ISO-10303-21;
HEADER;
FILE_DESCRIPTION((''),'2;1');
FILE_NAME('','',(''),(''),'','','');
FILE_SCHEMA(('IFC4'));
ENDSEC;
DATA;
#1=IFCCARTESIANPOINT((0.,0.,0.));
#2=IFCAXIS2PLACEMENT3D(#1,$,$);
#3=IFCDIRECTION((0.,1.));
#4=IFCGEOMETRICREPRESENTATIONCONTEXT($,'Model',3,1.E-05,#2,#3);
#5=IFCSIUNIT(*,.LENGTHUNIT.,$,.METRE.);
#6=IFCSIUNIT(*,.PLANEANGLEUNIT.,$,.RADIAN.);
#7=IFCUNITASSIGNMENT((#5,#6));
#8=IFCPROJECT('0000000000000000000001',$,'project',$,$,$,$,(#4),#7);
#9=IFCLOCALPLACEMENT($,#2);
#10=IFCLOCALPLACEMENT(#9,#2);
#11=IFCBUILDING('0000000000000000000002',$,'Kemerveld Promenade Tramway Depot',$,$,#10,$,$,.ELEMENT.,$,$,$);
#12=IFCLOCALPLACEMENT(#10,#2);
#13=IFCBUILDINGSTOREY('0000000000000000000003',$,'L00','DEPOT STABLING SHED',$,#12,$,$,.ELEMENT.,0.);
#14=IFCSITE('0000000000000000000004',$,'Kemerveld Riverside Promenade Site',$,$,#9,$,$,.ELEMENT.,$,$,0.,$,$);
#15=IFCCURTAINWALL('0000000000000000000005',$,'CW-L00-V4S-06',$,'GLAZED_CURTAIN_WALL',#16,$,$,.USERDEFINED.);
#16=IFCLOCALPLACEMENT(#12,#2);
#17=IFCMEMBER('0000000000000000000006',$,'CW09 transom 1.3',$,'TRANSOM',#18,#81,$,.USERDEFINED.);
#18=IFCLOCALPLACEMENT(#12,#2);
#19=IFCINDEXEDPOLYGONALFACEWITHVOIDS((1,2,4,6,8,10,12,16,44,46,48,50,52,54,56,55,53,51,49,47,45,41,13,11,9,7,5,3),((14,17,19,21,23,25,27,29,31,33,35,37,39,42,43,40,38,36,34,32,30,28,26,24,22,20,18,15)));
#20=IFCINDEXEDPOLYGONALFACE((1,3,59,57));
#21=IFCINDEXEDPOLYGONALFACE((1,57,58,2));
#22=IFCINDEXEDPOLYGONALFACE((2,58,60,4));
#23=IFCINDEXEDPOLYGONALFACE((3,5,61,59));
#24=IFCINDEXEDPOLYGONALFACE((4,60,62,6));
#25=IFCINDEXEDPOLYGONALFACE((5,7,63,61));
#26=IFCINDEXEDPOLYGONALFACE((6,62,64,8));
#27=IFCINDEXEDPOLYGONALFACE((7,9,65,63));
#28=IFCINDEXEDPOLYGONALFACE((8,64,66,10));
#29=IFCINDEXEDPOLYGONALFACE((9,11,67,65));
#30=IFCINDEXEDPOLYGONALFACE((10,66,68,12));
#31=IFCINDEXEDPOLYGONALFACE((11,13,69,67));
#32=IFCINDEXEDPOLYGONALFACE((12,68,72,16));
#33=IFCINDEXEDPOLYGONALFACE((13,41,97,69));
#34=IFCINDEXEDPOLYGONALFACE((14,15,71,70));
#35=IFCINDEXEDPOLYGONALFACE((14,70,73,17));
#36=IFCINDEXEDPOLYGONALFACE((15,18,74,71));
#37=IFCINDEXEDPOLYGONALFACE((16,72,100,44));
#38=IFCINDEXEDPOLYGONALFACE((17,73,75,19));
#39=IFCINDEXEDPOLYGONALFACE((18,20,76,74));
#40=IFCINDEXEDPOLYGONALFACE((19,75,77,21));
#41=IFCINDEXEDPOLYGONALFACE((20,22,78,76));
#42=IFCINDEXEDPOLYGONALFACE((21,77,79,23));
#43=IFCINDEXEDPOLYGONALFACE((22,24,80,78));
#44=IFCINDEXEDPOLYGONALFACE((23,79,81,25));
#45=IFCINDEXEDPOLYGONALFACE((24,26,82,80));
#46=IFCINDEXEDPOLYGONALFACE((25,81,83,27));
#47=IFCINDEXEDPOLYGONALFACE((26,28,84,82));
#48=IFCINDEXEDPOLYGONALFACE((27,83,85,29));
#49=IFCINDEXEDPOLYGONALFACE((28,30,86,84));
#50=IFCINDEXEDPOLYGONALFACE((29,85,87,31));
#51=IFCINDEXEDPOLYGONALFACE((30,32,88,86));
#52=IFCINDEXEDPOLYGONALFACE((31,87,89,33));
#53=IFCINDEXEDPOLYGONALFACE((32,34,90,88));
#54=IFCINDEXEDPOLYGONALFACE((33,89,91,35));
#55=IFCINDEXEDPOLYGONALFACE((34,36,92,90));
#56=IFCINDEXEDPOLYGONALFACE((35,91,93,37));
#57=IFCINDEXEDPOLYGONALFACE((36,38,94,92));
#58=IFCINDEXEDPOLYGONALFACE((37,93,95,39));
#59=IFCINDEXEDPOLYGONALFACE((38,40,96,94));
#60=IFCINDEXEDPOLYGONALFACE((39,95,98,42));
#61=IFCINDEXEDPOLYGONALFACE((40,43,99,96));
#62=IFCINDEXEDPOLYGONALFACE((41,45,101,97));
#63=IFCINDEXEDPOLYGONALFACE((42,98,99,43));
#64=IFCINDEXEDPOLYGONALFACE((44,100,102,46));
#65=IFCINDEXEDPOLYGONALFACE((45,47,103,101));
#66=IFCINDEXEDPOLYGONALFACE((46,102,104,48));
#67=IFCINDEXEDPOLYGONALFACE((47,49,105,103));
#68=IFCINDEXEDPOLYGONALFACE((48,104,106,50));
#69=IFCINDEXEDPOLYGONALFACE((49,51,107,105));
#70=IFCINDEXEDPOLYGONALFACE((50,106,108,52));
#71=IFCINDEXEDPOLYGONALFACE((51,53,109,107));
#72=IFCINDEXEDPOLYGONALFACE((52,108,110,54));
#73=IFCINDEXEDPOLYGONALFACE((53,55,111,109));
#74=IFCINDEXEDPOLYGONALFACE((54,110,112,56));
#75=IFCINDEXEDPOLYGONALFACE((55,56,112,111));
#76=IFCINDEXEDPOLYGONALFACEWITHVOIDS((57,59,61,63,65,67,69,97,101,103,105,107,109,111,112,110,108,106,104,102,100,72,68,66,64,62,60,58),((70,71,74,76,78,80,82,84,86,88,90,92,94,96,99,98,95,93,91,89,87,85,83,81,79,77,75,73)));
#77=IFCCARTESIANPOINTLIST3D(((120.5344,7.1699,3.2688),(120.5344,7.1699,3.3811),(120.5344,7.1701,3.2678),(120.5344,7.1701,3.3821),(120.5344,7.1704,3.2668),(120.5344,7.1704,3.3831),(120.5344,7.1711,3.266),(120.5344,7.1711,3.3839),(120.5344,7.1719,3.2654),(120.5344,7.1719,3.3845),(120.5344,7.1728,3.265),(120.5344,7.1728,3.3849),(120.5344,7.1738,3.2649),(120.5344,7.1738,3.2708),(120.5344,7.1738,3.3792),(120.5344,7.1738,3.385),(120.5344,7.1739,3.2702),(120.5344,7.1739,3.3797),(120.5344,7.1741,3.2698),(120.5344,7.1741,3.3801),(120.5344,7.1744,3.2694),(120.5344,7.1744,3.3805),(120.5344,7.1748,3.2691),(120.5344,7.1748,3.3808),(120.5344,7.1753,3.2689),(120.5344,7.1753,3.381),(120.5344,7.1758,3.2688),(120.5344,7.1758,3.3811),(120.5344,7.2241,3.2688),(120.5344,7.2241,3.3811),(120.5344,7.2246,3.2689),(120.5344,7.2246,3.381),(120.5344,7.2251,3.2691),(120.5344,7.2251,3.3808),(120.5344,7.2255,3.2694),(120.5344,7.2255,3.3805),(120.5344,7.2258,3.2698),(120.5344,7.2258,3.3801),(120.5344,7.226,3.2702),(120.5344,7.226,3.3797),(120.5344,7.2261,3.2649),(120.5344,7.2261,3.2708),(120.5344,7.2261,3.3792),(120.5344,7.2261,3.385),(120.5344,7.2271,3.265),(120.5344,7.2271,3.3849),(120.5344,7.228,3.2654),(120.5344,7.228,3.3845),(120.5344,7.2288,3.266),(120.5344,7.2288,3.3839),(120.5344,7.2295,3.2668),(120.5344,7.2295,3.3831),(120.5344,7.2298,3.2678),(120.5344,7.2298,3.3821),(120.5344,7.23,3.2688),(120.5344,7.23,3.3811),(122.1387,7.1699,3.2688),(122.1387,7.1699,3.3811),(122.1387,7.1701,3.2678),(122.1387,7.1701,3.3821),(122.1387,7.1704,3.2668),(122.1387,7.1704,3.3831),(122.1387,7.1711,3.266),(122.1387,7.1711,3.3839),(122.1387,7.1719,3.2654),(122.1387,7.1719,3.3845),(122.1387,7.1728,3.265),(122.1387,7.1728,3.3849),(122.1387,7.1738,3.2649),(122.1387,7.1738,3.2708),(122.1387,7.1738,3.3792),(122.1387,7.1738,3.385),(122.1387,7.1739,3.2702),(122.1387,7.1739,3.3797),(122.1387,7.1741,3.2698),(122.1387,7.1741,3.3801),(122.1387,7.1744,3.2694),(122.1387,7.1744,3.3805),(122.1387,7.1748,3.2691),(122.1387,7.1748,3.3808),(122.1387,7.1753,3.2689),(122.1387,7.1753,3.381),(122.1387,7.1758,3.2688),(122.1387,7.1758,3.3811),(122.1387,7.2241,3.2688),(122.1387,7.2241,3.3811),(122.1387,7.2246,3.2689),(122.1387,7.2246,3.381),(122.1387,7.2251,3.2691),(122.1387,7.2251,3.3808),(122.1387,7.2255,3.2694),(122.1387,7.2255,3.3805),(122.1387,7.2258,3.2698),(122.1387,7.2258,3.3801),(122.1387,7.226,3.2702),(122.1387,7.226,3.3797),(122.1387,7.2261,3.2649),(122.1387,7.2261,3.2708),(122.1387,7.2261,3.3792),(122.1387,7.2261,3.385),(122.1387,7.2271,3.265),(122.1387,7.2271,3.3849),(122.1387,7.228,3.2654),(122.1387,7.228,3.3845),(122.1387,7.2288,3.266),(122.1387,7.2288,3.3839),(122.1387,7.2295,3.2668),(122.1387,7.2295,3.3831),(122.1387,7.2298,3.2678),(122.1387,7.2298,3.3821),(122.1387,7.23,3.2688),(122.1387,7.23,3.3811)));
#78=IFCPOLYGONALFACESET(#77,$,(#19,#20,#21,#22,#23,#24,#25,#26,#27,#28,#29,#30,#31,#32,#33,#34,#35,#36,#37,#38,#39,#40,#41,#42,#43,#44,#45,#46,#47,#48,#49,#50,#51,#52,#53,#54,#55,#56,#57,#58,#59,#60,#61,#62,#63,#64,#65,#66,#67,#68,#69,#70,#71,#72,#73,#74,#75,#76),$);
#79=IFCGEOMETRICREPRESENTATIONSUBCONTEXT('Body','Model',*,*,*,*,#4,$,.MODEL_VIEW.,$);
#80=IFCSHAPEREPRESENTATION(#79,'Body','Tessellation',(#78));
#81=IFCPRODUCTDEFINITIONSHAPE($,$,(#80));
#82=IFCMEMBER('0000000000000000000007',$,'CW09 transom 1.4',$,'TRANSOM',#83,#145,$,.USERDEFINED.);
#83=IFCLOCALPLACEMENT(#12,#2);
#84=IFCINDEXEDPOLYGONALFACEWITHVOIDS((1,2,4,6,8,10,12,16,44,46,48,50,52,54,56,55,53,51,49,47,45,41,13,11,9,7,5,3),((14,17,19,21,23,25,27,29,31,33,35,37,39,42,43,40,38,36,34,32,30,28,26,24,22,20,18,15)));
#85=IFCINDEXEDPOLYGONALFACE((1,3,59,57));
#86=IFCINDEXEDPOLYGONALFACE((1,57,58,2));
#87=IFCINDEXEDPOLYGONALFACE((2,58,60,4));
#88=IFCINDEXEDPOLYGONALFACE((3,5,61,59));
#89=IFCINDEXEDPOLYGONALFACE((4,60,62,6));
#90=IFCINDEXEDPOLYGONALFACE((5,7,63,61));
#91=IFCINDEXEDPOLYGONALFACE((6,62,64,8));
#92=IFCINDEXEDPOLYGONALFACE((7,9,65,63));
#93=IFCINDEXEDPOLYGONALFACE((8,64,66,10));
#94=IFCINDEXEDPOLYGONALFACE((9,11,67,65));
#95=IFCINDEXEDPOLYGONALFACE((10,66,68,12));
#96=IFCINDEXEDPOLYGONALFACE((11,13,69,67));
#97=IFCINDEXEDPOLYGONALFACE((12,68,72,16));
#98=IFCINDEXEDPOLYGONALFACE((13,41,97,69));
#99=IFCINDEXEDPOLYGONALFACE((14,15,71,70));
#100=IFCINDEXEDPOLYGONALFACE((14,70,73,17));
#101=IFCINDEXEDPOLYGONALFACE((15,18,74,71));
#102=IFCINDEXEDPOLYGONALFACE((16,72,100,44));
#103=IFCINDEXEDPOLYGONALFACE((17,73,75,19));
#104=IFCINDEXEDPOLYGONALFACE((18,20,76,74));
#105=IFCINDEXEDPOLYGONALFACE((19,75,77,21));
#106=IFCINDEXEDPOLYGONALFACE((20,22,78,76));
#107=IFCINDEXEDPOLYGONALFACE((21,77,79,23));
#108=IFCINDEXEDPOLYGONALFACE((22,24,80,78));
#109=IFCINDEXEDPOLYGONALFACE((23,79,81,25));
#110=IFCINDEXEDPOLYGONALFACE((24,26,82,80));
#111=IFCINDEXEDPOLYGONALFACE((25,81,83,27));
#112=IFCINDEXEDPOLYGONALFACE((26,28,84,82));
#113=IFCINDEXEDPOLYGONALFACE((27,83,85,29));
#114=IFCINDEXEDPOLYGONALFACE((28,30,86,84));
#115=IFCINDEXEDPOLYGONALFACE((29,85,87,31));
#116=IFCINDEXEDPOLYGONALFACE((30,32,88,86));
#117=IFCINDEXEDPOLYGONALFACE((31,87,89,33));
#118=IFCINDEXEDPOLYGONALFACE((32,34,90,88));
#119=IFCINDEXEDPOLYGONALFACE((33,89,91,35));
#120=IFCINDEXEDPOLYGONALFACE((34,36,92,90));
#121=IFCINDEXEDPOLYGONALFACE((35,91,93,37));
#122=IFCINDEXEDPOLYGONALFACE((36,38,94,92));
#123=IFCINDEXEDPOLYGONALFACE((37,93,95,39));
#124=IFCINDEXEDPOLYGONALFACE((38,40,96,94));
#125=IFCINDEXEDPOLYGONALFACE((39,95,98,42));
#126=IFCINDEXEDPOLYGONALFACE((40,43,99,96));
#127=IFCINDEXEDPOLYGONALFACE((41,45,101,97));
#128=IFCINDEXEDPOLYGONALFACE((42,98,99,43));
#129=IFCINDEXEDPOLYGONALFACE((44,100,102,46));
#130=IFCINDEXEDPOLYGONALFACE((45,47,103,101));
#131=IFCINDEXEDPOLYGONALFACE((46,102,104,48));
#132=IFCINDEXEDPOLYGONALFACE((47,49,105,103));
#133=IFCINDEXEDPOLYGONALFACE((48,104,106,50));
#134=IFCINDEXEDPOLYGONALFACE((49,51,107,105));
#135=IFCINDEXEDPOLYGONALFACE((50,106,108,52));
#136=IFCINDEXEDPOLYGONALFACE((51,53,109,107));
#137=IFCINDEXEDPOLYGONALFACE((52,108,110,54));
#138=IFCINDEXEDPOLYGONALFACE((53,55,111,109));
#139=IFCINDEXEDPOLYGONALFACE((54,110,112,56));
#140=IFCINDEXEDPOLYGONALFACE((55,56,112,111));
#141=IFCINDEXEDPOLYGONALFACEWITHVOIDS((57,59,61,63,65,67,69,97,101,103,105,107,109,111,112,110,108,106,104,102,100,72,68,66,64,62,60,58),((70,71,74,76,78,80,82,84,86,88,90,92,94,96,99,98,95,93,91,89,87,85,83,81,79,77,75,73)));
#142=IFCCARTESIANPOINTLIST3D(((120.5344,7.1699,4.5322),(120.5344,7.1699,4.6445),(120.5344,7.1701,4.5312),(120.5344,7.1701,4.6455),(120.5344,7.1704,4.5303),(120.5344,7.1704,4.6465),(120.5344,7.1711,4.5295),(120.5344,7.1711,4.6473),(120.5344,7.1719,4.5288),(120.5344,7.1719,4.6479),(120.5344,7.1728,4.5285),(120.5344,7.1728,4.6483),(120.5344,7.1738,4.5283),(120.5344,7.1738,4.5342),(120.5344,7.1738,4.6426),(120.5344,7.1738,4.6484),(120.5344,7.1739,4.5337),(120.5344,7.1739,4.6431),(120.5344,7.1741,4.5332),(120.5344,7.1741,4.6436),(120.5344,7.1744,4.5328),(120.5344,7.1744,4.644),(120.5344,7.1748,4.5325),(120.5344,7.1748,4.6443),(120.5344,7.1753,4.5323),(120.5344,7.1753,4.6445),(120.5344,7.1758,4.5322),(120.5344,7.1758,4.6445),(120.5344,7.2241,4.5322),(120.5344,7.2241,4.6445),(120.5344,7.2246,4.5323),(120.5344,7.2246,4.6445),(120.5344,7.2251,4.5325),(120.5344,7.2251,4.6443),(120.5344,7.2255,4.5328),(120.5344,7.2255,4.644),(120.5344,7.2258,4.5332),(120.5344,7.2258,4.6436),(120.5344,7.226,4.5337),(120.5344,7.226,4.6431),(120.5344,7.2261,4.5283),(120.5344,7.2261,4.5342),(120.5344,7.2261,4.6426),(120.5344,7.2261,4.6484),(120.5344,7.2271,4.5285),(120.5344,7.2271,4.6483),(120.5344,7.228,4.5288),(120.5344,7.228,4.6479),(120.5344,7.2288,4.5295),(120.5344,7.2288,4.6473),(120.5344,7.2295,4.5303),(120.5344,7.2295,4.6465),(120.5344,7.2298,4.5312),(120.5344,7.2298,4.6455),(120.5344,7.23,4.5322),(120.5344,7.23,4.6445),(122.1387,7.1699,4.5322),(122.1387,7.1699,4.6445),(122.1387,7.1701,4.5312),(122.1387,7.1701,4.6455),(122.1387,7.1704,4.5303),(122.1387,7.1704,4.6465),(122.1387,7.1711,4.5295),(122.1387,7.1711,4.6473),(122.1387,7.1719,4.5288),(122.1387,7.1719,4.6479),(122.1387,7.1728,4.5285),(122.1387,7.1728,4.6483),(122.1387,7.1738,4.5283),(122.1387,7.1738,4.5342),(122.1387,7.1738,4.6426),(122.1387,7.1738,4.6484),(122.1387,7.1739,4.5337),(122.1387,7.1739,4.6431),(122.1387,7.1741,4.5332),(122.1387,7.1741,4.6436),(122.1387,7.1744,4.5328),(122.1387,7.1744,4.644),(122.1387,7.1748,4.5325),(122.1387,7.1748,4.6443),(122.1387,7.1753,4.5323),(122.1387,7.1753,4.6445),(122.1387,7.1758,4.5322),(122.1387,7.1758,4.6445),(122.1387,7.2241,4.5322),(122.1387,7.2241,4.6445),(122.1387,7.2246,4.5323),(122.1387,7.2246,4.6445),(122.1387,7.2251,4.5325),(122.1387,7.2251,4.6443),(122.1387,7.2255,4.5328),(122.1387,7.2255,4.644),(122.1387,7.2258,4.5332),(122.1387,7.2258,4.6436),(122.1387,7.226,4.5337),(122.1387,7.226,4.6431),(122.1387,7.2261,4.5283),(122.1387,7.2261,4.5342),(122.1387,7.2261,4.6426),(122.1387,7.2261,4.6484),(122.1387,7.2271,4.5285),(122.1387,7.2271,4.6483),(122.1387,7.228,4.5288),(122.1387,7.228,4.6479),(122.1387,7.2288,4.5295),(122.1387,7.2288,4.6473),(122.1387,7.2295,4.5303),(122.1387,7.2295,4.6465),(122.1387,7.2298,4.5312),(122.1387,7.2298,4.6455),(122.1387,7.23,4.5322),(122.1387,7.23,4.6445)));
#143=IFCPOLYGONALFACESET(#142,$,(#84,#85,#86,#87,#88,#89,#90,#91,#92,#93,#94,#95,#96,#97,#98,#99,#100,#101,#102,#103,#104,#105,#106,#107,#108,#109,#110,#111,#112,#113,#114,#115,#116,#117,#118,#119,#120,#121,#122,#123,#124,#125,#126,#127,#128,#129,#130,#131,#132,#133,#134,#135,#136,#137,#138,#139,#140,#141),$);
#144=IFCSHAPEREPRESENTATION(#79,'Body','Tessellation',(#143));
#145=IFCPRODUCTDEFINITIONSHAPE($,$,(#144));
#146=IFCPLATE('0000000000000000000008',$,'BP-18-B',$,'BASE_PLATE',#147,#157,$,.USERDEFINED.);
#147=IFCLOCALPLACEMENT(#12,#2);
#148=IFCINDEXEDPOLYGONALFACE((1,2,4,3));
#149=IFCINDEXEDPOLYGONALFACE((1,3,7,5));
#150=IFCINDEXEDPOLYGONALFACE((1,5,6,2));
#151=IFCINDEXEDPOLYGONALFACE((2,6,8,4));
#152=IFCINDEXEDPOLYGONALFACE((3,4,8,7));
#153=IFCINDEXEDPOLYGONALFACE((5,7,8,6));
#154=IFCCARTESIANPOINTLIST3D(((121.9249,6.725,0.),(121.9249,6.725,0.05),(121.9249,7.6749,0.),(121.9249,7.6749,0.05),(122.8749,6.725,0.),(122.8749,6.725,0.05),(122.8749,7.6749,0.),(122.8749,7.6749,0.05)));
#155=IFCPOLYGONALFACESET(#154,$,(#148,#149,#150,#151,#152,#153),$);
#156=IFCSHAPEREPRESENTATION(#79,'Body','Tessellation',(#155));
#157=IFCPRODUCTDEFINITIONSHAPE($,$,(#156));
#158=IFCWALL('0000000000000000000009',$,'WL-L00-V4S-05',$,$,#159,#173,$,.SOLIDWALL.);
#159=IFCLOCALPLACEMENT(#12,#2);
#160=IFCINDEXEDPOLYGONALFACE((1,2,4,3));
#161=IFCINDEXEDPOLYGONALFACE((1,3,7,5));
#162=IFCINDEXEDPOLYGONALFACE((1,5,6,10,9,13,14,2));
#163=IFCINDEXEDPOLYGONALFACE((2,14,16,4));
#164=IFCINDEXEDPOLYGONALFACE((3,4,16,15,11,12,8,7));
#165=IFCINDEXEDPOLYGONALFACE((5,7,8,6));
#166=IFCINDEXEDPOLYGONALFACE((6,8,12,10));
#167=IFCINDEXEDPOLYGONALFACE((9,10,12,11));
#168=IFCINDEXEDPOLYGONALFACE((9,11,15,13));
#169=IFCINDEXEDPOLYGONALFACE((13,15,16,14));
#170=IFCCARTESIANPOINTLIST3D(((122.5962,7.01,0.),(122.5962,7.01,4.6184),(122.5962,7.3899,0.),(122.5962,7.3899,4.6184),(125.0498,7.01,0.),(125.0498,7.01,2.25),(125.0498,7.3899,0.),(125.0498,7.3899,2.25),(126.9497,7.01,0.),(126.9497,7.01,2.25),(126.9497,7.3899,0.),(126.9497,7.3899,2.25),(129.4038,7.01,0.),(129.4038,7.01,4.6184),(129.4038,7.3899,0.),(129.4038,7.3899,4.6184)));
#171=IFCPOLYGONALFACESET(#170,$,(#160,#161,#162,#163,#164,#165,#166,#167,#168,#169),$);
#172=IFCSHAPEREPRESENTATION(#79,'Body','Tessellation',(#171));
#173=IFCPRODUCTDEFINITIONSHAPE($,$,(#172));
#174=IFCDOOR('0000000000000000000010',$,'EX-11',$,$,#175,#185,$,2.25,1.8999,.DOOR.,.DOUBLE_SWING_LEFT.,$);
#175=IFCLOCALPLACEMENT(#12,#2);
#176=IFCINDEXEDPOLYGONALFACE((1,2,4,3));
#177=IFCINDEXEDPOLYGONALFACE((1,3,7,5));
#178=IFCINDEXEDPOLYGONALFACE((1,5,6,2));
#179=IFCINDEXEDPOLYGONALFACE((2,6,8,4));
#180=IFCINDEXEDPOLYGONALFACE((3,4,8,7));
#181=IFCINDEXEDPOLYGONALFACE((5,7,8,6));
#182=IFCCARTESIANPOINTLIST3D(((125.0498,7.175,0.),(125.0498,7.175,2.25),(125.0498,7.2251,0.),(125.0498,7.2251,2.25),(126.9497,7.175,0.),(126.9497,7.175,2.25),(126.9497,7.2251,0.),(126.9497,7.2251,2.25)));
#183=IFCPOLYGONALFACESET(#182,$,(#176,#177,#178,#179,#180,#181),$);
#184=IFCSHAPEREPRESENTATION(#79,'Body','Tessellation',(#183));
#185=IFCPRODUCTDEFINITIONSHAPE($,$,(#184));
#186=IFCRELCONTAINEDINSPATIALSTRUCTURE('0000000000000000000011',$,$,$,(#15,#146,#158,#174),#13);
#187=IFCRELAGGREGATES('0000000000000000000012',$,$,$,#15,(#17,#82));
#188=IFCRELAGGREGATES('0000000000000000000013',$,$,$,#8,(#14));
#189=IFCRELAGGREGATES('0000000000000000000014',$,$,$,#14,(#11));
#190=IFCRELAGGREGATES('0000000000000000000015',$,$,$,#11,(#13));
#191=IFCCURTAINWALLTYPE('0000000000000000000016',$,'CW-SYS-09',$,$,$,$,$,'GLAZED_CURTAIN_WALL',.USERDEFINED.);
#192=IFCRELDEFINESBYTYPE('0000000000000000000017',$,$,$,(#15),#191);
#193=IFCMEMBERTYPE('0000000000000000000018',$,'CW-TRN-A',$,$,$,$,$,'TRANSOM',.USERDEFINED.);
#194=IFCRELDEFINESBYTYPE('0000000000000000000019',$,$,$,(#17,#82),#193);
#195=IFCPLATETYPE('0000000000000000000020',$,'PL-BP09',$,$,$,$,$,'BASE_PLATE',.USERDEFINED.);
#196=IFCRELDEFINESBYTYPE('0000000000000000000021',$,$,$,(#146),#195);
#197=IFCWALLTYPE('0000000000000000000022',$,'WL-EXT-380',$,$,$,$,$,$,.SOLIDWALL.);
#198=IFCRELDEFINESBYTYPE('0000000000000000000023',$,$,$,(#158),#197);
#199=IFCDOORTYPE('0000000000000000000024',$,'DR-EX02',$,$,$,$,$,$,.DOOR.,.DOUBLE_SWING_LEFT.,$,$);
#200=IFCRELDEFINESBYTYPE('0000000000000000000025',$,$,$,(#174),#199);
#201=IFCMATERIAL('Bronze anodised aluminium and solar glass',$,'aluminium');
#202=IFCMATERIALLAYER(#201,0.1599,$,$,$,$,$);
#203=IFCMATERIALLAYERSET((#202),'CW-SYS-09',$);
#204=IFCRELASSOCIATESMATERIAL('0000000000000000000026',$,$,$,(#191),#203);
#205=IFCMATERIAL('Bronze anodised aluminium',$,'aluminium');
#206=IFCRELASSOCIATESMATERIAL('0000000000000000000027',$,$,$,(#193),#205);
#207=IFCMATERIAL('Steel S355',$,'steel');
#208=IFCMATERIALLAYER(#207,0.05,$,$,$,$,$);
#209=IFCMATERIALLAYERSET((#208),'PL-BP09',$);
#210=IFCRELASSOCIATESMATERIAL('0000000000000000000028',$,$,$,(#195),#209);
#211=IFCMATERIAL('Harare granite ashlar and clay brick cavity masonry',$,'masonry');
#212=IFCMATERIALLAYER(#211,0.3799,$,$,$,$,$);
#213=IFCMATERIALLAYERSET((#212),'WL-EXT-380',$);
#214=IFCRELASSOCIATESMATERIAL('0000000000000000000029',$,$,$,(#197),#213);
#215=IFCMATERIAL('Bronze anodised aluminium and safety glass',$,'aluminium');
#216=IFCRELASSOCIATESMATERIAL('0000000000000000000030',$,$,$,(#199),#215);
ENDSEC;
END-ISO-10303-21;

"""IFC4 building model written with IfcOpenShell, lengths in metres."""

from ifc_helpers import new_model, si_unit, direction, frame, frame_2d, origin, origin_2d, place, context, subcontext, project, spatial, rectangle, hollow_rectangle, extrude, material, layer, layer_set, material_profile, profile_set, type_object, element, fill, aggregate, save


model = new_model("IFC4")

# Units and contexts
model_context = context("Model", 3, precision=1e-05, world=origin(), true_north=direction((0.0, 1.0)))
body_context = subcontext(model_context, "Body", "Model", "MODEL_VIEW")
ifc_project = project(units=[si_unit("LENGTHUNIT", "METRE"), si_unit("PLANEANGLEUNIT", "RADIAN")], contexts=[model_context])

# Site, building, storey
site_placement = place(None, origin())
site = spatial("IfcSite", under=ifc_project, at=site_placement, Name="Kemerveld Riverside Promenade Site", CompositionType="ELEMENT", RefElevation=0.0)
building_placement = place(site_placement, origin())
building = spatial("IfcBuilding", under=site, at=building_placement, Name="Kemerveld Promenade Tramway Depot", CompositionType="ELEMENT")
storey_placement = place(building_placement, origin())
storey = spatial("IfcBuildingStorey", under=building, at=storey_placement, Name="L00", Description="DEPOT STABLING SHED", CompositionType="ELEMENT", Elevation=0.0)

# Shared definitions
ifc_material_1 = material(Name="Steel S355", Category="steel")

# Curtain wall, members
ifc_material_2 = material(Name="Bronze anodised aluminium and solar glass", Category="aluminium")
ifc_layer_1 = layer(ifc_material_2, 0.1599)
ifc_layer_set_1 = layer_set([ifc_layer_1], Name="CW-SYS-09")
curtain_wall_type = type_object("IfcCurtainWallType", Name="CW-SYS-09", ElementType="GLAZED_CURTAIN_WALL", PredefinedType="USERDEFINED", material=ifc_layer_set_1)
curtain_wall_placement = place(storey_placement, origin())
curtain_wall = element("IfcCurtainWall", 1, at=curtain_wall_placement, inside=storey, type_object=curtain_wall_type, Name="CW-L00-V4S-06", ObjectType="GLAZED_CURTAIN_WALL", PredefinedType="USERDEFINED")
ifc_material_3 = material(Name="Bronze anodised aluminium", Category="aluminium")
ifc_material_profile_1 = material_profile(ifc_material_3, hollow_rectangle(XDim=0.0601, YDim=0.1201, WallThickness=0.0039, InnerFilletRadius=0.002, OuterFilletRadius=0.0039, at=origin_2d()), Name="CW-TRN-120x60")
ifc_profile_set_1 = profile_set([ifc_material_profile_1], Name="Bronze anodised aluminium")
member_type_1 = type_object("IfcMemberType", Name="CW-TRN-A", ElementType="TRANSOM", PredefinedType="USERDEFINED", material=ifc_profile_set_1)
member_1_placement = place(storey_placement, frame((122.1387, 7.2, 3.325), z_axis=(-1.0, 0.0, 0.0), x_axis=(0.0, -1.0, 0.0)))
member_1 = element("IfcMember", 2, at=member_1_placement, type_object=member_type_1, Name="CW09 transom 1.3", ObjectType="TRANSOM", PredefinedType="USERDEFINED", context=body_context, shape_type="SweptSolid", body=[
    extrude(hollow_rectangle(XDim=0.0601, YDim=0.1201, WallThickness=0.0039, InnerFilletRadius=0.002, OuterFilletRadius=0.0039, at=origin_2d()), origin(), (0.0, 0.0, 1.0), 1.6042),
])
member_2_placement = place(storey_placement, frame((122.1387, 7.2, 4.5884), z_axis=(-1.0, 0.0, 0.0), x_axis=(0.0, -1.0, 0.0)))
member_2 = element("IfcMember", 3, at=member_2_placement, type_object=member_type_1, Name="CW09 transom 1.4", ObjectType="TRANSOM", PredefinedType="USERDEFINED", context=body_context, shape_type="SweptSolid", body=[
    extrude(hollow_rectangle(XDim=0.0601, YDim=0.1201, WallThickness=0.0039, InnerFilletRadius=0.002, OuterFilletRadius=0.0039, at=origin_2d()), origin(), (0.0, 0.0, 1.0), 1.6042),
])
aggregate(curtain_wall, [member_1, member_2])

# Plate
ifc_layer_2 = layer(ifc_material_1, 0.05)
ifc_layer_set_2 = layer_set([ifc_layer_2], Name="PL-BP09")
plate_type = type_object("IfcPlateType", Name="PL-BP09", ElementType="BASE_PLATE", PredefinedType="USERDEFINED", material=ifc_layer_set_2)
plate_placement = place(storey_placement, frame((122.3999, 7.2, 0.0), z_axis=(0.0, 0.0, 1.0), x_axis=(1.0, 0.0, 0.0)))
element("IfcPlate", 4, at=plate_placement, inside=storey, type_object=plate_type, Name="BP-18-B", ObjectType="BASE_PLATE", PredefinedType="USERDEFINED", context=body_context, shape_type="SweptSolid", body=[
    extrude(rectangle(XDim=0.95, YDim=0.95, at=origin_2d()), origin(), (0.0, 0.0, 1.0), 0.05),
])

# Wall, opening, door
ifc_material_4 = material(Name="Harare granite ashlar and clay brick cavity masonry", Category="masonry")
ifc_layer_3 = layer(ifc_material_4, 0.3799)
ifc_layer_set_3 = layer_set([ifc_layer_3], Name="WL-EXT-380")
wall_type = type_object("IfcWallType", Name="WL-EXT-380", PredefinedType="SOLIDWALL", material=ifc_layer_set_3)
wall_placement = place(storey_placement, frame((129.4038, 7.2, 0.0), z_axis=(0.0, 0.0, 1.0), x_axis=(-1.0, 0.0, 0.0)))
wall = element("IfcWall", 5, at=wall_placement, inside=storey, type_object=wall_type, Name="WL-L00-V4S-05", PredefinedType="SOLIDWALL", context=body_context, shape_type="SweptSolid", body=[
    extrude(rectangle(XDim=6.8076, YDim=0.3799, at=frame_2d((3.4038, 0.0))), origin(), (0.0, 0.0, 1.0), 4.6184),
])
opening_placement = place(wall_placement, frame((2.4541, 0.0, 0.0)))
opening = element("IfcOpeningElement", 6, at=opening_placement, cuts=wall, PredefinedType="OPENING", context=body_context, shape_type="SweptSolid", body=[
    extrude(rectangle(XDim=1.8999, YDim=2.25, at=frame_2d((0.95, 1.125))), frame((0.0, 0.2, 0.0), z_axis=(0.0, -1.0, 0.0), x_axis=(1.0, 0.0, 0.0)), (0.0, 0.0, 1.0), 0.3999),
])
ifc_material_5 = material(Name="Bronze anodised aluminium and safety glass", Category="aluminium")
door_type = type_object("IfcDoorType", Name="DR-EX02", OperationType="DOUBLE_SWING_LEFT", PredefinedType="DOOR", material=ifc_material_5)
door_placement = place(opening_placement, origin())
door = element("IfcDoor", 7, at=door_placement, inside=storey, type_object=door_type, Name="EX-11", OperationType="DOUBLE_SWING_LEFT", OverallHeight=2.25, OverallWidth=1.8999, PredefinedType="DOOR", context=body_context, shape_type="SweptSolid", body=[
    extrude(rectangle(XDim=1.8999, YDim=2.25, at=frame_2d((0.95, 1.125))), frame((0.0, 0.0249, 0.0), z_axis=(0.0, -1.0, 0.0), x_axis=(1.0, 0.0, 0.0)), (0.0, 0.0, 1.0), 0.05),
])
fill(opening, door)

save(model, "model.ifc")
